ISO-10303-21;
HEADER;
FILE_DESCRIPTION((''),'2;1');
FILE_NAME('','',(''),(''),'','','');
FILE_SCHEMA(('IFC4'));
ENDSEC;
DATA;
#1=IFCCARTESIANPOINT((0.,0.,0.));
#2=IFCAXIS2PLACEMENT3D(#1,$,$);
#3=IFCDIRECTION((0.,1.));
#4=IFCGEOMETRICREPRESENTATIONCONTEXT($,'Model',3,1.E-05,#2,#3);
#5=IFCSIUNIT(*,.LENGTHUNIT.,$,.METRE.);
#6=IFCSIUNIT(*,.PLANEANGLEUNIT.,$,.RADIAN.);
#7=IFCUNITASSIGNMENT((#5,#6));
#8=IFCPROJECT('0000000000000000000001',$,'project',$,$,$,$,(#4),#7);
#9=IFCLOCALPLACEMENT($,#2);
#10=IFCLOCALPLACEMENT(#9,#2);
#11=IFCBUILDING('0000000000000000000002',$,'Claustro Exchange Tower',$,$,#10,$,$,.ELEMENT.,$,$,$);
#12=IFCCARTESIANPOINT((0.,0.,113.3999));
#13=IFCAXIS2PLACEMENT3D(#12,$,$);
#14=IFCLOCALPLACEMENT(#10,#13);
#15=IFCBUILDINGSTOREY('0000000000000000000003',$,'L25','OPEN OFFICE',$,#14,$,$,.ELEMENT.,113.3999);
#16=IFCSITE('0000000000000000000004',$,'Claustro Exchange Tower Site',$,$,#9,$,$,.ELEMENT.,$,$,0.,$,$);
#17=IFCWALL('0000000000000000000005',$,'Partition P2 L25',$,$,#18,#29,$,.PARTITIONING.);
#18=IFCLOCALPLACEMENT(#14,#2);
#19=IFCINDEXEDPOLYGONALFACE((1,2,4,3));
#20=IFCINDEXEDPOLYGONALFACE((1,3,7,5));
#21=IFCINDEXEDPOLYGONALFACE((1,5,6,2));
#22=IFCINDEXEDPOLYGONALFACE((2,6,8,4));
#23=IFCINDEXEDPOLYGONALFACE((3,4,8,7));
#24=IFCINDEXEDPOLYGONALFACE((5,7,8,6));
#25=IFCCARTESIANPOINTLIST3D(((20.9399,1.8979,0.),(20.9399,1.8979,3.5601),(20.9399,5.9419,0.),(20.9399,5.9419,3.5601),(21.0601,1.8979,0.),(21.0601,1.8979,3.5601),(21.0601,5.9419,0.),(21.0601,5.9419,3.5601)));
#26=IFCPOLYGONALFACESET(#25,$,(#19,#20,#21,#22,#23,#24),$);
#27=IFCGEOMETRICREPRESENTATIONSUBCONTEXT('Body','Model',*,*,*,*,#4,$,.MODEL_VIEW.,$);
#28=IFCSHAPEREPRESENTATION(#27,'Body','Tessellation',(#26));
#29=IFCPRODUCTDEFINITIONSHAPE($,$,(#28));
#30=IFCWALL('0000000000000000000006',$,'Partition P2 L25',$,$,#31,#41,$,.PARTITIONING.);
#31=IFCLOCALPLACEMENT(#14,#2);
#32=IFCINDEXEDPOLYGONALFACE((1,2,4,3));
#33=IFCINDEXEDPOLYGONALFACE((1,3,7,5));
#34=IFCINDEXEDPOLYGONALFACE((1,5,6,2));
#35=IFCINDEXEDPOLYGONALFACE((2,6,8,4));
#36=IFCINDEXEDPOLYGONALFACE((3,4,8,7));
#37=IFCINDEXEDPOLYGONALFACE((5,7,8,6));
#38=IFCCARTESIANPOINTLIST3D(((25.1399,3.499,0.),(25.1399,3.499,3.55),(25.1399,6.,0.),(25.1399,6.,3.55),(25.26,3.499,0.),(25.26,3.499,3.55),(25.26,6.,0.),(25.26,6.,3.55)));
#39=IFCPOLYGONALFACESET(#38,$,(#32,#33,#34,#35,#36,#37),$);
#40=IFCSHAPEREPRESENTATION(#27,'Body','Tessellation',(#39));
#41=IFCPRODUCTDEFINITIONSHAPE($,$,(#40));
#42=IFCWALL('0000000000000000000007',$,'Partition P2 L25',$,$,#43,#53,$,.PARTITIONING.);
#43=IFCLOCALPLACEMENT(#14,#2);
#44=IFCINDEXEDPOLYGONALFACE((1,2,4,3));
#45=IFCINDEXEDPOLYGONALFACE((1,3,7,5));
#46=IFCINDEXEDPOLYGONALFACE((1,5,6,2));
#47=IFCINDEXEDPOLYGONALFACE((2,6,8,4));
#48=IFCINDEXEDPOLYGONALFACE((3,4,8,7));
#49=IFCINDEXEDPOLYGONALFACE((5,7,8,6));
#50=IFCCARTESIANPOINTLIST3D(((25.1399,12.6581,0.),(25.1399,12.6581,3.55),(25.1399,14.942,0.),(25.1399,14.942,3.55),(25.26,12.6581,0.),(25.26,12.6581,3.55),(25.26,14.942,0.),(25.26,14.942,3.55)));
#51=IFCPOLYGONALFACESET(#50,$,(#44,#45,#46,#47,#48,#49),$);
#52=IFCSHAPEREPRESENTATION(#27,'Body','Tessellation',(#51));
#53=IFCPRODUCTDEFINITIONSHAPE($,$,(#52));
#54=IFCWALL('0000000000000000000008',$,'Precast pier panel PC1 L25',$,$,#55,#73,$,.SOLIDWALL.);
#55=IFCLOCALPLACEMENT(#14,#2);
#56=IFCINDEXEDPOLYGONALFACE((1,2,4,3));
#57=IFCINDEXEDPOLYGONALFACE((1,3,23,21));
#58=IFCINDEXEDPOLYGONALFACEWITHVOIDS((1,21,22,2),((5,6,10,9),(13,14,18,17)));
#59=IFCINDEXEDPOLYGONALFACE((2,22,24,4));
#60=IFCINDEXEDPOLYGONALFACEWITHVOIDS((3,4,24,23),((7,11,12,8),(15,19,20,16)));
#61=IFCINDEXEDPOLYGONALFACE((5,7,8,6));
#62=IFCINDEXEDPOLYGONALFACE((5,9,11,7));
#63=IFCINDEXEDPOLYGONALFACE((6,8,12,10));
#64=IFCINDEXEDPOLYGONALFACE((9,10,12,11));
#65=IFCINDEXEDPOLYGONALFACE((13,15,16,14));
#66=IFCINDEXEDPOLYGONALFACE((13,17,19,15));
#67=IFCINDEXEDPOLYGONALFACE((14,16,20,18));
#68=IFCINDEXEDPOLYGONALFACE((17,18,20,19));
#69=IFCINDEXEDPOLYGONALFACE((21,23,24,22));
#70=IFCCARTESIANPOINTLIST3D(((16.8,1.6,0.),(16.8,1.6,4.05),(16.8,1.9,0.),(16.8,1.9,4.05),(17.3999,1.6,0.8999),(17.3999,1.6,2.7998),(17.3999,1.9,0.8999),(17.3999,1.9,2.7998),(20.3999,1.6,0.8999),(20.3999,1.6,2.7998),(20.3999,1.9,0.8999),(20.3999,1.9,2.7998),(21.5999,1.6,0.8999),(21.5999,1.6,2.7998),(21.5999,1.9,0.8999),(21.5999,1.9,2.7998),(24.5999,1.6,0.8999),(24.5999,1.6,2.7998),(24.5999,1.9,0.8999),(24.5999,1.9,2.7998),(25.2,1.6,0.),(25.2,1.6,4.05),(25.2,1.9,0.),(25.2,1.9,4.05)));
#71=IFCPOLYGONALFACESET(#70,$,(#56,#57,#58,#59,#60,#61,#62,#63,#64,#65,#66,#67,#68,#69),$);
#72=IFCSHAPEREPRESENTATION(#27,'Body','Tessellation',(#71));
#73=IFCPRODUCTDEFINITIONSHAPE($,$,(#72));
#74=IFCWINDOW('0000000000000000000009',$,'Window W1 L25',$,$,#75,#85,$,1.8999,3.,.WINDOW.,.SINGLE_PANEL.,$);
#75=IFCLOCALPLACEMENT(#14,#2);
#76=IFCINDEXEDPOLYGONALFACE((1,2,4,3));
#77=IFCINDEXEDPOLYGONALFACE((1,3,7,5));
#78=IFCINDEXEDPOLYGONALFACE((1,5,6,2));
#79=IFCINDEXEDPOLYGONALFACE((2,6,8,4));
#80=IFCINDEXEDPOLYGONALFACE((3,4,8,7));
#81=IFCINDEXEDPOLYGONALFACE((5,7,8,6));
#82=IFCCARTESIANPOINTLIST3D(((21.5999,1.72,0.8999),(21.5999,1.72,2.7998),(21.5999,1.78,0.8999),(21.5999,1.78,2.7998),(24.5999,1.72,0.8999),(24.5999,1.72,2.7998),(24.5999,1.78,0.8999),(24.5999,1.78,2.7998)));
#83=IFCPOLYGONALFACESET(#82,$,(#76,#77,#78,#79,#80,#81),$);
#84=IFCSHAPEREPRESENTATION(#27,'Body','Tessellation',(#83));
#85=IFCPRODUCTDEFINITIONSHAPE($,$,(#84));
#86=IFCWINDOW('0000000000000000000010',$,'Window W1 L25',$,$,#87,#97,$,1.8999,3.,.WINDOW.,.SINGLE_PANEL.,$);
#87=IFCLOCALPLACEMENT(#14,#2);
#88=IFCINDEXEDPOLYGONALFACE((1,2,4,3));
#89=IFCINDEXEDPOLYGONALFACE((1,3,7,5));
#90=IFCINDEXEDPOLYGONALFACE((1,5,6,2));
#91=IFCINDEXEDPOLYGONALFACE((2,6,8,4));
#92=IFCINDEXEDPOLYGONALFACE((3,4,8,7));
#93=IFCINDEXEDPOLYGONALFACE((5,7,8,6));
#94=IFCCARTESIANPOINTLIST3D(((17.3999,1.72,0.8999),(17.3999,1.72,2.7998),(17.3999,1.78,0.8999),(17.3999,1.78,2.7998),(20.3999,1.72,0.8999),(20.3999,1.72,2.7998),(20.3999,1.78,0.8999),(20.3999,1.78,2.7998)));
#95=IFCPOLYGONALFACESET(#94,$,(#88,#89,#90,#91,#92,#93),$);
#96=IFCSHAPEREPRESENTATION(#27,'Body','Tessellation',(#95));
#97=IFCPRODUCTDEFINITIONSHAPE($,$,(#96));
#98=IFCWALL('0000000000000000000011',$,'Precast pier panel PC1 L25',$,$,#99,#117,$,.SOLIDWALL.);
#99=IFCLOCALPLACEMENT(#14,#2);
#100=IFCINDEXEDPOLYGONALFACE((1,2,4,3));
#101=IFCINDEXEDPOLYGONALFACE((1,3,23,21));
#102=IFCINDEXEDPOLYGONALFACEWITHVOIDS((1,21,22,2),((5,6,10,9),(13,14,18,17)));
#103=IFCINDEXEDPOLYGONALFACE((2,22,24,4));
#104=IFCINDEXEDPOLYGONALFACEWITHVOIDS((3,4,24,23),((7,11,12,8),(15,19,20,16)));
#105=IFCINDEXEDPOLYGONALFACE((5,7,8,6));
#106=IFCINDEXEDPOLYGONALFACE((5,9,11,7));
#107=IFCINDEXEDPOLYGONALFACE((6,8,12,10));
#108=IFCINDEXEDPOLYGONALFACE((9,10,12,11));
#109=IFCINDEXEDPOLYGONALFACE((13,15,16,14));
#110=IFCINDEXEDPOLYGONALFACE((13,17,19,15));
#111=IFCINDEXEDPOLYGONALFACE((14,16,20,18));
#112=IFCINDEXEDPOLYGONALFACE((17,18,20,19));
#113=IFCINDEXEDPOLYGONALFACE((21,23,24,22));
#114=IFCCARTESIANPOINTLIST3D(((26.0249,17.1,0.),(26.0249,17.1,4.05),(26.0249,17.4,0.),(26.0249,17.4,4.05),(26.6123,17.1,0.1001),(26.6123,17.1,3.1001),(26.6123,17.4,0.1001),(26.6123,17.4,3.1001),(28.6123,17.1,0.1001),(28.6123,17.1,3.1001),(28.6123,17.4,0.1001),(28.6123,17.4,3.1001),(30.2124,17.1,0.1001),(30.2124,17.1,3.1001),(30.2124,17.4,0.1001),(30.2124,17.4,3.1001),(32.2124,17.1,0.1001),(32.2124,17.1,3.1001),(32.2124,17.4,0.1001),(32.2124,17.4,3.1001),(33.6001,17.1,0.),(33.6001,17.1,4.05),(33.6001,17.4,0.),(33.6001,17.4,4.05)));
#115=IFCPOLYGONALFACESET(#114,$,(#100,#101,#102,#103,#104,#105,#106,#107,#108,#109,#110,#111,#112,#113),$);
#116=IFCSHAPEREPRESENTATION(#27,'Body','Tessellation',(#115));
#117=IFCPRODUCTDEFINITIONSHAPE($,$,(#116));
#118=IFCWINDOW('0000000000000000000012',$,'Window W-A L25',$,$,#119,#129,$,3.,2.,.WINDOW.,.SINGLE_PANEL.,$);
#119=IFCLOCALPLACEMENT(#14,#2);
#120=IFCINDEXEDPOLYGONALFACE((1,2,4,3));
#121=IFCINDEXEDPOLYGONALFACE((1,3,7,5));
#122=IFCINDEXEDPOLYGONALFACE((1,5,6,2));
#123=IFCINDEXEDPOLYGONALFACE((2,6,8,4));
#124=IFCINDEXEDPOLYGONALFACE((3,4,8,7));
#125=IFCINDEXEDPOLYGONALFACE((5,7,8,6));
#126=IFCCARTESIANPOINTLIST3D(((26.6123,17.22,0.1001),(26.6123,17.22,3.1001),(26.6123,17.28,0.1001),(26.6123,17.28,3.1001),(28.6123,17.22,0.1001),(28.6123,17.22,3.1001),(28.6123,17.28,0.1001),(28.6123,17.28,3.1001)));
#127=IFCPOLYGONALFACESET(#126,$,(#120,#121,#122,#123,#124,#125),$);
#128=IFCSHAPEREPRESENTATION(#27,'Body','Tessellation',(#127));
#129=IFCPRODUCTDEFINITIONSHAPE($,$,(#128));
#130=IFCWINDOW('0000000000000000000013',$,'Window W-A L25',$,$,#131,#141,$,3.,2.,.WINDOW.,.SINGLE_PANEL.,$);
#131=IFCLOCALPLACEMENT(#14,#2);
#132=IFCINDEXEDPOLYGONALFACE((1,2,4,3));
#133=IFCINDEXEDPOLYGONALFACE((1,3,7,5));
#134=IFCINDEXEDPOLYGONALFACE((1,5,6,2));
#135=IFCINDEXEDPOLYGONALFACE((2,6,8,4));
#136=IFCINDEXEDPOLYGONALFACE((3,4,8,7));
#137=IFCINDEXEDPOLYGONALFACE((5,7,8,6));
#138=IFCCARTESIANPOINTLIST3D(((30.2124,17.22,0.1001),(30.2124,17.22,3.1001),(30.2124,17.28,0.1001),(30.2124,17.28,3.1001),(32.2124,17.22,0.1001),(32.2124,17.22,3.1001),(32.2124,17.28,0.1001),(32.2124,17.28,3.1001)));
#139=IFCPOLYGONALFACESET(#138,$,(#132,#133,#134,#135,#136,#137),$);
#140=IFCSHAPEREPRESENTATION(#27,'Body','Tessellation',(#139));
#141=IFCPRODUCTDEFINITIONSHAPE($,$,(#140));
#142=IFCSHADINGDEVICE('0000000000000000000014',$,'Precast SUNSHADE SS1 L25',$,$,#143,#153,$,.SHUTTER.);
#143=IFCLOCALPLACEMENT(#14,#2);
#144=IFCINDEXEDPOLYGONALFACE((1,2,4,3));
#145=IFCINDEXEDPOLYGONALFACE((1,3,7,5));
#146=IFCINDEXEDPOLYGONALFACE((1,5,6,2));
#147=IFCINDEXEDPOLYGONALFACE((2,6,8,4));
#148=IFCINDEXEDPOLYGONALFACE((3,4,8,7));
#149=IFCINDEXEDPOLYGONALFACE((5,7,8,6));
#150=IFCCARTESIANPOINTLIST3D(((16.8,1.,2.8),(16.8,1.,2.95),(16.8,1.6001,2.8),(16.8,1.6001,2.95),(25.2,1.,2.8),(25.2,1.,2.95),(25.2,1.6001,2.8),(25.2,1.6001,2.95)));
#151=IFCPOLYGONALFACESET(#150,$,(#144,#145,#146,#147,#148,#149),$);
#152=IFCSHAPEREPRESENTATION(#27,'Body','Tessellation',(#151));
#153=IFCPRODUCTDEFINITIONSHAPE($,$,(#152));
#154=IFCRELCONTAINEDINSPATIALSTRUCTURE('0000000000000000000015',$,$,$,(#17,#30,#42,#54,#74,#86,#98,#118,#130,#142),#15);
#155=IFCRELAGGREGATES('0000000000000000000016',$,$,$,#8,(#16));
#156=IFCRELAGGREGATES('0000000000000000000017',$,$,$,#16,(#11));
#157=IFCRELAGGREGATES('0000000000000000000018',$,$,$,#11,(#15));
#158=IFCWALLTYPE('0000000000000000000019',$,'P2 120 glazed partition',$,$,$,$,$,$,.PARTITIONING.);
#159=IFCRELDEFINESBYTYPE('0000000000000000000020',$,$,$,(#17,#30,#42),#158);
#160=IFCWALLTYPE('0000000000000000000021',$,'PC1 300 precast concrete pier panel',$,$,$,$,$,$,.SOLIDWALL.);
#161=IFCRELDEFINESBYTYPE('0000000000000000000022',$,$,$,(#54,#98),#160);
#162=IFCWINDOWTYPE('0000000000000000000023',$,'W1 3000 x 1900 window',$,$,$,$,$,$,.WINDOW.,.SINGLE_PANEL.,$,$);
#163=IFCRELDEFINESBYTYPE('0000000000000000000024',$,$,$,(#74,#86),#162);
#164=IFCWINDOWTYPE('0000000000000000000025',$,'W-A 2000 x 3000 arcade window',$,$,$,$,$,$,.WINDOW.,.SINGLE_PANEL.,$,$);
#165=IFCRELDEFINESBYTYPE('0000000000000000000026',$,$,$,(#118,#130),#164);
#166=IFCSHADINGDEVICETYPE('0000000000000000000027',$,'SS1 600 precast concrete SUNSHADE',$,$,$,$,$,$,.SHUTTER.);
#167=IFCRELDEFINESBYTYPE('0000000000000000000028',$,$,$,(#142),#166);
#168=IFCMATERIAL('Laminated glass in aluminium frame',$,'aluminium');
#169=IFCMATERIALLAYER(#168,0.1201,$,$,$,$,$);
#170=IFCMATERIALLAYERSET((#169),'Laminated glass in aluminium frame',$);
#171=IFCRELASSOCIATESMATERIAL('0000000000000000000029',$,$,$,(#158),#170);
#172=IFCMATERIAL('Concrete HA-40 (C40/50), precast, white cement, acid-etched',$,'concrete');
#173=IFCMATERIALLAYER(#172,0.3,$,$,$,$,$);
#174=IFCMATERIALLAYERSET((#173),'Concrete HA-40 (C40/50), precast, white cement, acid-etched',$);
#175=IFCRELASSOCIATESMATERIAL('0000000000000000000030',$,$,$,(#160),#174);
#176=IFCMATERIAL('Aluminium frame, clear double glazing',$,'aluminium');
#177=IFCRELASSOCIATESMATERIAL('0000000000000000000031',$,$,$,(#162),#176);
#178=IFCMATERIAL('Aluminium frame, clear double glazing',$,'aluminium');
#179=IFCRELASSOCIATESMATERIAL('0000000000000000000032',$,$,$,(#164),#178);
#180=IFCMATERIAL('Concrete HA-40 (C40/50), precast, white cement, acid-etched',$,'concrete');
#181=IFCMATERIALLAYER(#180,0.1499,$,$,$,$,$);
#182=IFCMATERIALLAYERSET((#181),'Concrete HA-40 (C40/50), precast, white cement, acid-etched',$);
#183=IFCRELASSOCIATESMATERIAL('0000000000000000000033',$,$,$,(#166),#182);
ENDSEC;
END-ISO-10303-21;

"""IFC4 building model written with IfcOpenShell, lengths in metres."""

from ifc_helpers import new_model, si_unit, direction, frame, frame_2d, origin, origin_2d, place, context, subcontext, project, spatial, rectangle, extrude, material, layer, layer_set, type_object, element, fill, save


model = new_model("IFC4")

# Units and contexts
model_context = context("Model", 3, precision=1e-05, world=origin(), true_north=direction((0.0, 1.0)))
body_context = subcontext(model_context, "Body", "Model", "MODEL_VIEW")
ifc_project = project(units=[si_unit("LENGTHUNIT", "METRE"), si_unit("PLANEANGLEUNIT", "RADIAN")], contexts=[model_context])

# Site, building, storey
site_placement = place(None, origin())
site = spatial("IfcSite", under=ifc_project, at=site_placement, Name="Claustro Exchange Tower Site", CompositionType="ELEMENT", RefElevation=0.0)
building_placement = place(site_placement, origin())
building = spatial("IfcBuilding", under=site, at=building_placement, Name="Claustro Exchange Tower", CompositionType="ELEMENT")
storey_placement = place(building_placement, frame((0.0, 0.0, 113.3999)))
storey = spatial("IfcBuildingStorey", under=building, at=storey_placement, Name="L25", Description="OPEN OFFICE", CompositionType="ELEMENT", Elevation=113.3999)

# Walls
ifc_material_1 = material(Name="Laminated glass in aluminium frame", Category="aluminium")
ifc_layer_1 = layer(ifc_material_1, 0.1201)
ifc_layer_set_1 = layer_set([ifc_layer_1], Name="Laminated glass in aluminium frame")
wall_type_1 = type_object("IfcWallType", Name="P2 120 glazed partition", PredefinedType="PARTITIONING", material=ifc_layer_set_1)
wall_1_placement = place(storey_placement, frame((21.0, 1.8979, 0.0), z_axis=(0.0, 0.0, 1.0), x_axis=(0.0, 1.0, 0.0)))
element("IfcWall", 1, at=wall_1_placement, inside=storey, type_object=wall_type_1, Name="Partition P2 L25", PredefinedType="PARTITIONING", context=body_context, shape_type="SweptSolid", body=[
    extrude(rectangle(XDim=4.0439, YDim=0.1201, at=frame_2d((2.022, 0.0))), origin(), (0.0, 0.0, 1.0), 3.5601),
])
wall_2_placement = place(storey_placement, frame((25.2, 3.499, 0.0), z_axis=(0.0, 0.0, 1.0), x_axis=(0.0, 1.0, 0.0)))
element("IfcWall", 2, at=wall_2_placement, inside=storey, type_object=wall_type_1, Name="Partition P2 L25", PredefinedType="PARTITIONING", context=body_context, shape_type="SweptSolid", body=[
    extrude(rectangle(XDim=2.501, YDim=0.1201, at=frame_2d((1.2505, 0.0))), origin(), (0.0, 0.0, 1.0), 3.55),
])
wall_3_placement = place(storey_placement, frame((25.2, 12.658, 0.0), z_axis=(0.0, 0.0, 1.0), x_axis=(0.0, 1.0, 0.0)))
element("IfcWall", 3, at=wall_3_placement, inside=storey, type_object=wall_type_1, Name="Partition P2 L25", PredefinedType="PARTITIONING", context=body_context, shape_type="SweptSolid", body=[
    extrude(rectangle(XDim=2.2839, YDim=0.1201, at=frame_2d((1.1421, 0.0))), origin(), (0.0, 0.0, 1.0), 3.55),
])

# Walls, openings, windows
ifc_material_2 = material(Name="Concrete HA-40 (C40/50), precast, white cement, acid-etched", Category="concrete")
ifc_layer_2 = layer(ifc_material_2, 0.3)
ifc_layer_set_2 = layer_set([ifc_layer_2], Name="Concrete HA-40 (C40/50), precast, white cement, acid-etched")
wall_type_2 = type_object("IfcWallType", Name="PC1 300 precast concrete pier panel", PredefinedType="SOLIDWALL", material=ifc_layer_set_2)
wall_4_placement = place(storey_placement, frame((25.2, 1.75, 0.0), z_axis=(0.0, 0.0, 1.0), x_axis=(-1.0, 0.0, 0.0)))
wall_4 = element("IfcWall", 4, at=wall_4_placement, inside=storey, type_object=wall_type_2, Name="Precast pier panel PC1 L25", PredefinedType="SOLIDWALL", context=body_context, shape_type="SweptSolid", body=[
    extrude(rectangle(XDim=8.3999, YDim=0.3, at=frame_2d((4.2, 0.0))), origin(), (0.0, 0.0, 1.0), 4.05),
])
opening_1_placement = place(wall_4_placement, frame((0.6001, 0.0, 0.8999)))
opening_1 = element("IfcOpeningElement", 5, at=opening_1_placement, cuts=wall_4, PredefinedType="OPENING", context=body_context, shape_type="SweptSolid", body=[
    extrude(rectangle(XDim=3.0, YDim=1.8999, at=frame_2d((1.5, 0.95))), frame((0.0, 0.1599, 0.0), z_axis=(0.0, -1.0, 0.0), x_axis=(1.0, 0.0, 0.0)), (0.0, 0.0, 1.0), 0.3201),
])
opening_2_placement = place(wall_4_placement, frame((4.8, 0.0, 0.8999)))
opening_2 = element("IfcOpeningElement", 6, at=opening_2_placement, cuts=wall_4, PredefinedType="OPENING", context=body_context, shape_type="SweptSolid", body=[
    extrude(rectangle(XDim=3.0, YDim=1.8999, at=frame_2d((1.5, 0.95))), frame((0.0, 0.1599, 0.0), z_axis=(0.0, -1.0, 0.0), x_axis=(1.0, 0.0, 0.0)), (0.0, 0.0, 1.0), 0.3201),
])
ifc_material_3 = material(Name="Aluminium frame, clear double glazing", Category="aluminium")
window_type_1 = type_object("IfcWindowType", Name="W1 3000 x 1900 window", PartitioningType="SINGLE_PANEL", PredefinedType="WINDOW", material=ifc_material_3)
window_1_placement = place(opening_1_placement, origin())
window_1 = element("IfcWindow", 7, at=window_1_placement, inside=storey, type_object=window_type_1, Name="Window W1 L25", OverallHeight=1.8999, OverallWidth=3.0, PartitioningType="SINGLE_PANEL", PredefinedType="WINDOW", context=body_context, shape_type="SweptSolid", body=[
    extrude(rectangle(XDim=3.0, YDim=1.8999, at=frame_2d((1.5, 0.95))), frame((0.0, 0.03, 0.0), z_axis=(0.0, -1.0, 0.0), x_axis=(1.0, 0.0, 0.0)), (0.0, 0.0, 1.0), 0.0601),
])
fill(opening_1, window_1)
window_2_placement = place(opening_2_placement, origin())
window_2 = element("IfcWindow", 8, at=window_2_placement, inside=storey, type_object=window_type_1, Name="Window W1 L25", OverallHeight=1.8999, OverallWidth=3.0, PartitioningType="SINGLE_PANEL", PredefinedType="WINDOW", context=body_context, shape_type="SweptSolid", body=[
    extrude(rectangle(XDim=3.0, YDim=1.8999, at=frame_2d((1.5, 0.95))), frame((0.0, 0.03, 0.0), z_axis=(0.0, -1.0, 0.0), x_axis=(1.0, 0.0, 0.0)), (0.0, 0.0, 1.0), 0.0601),
])
fill(opening_2, window_2)
wall_5_placement = place(storey_placement, frame((26.0249, 17.25, 0.0), z_axis=(0.0, 0.0, 1.0), x_axis=(1.0, 0.0, 0.0)))
wall_5 = element("IfcWall", 9, at=wall_5_placement, inside=storey, type_object=wall_type_2, Name="Precast pier panel PC1 L25", PredefinedType="SOLIDWALL", context=body_context, shape_type="SweptSolid", body=[
    extrude(rectangle(XDim=7.5752, YDim=0.3, at=frame_2d((3.7876, 0.0))), origin(), (0.0, 0.0, 1.0), 4.05),
])
opening_3_placement = place(wall_5_placement, frame((0.5874, 0.0, 0.1001)))
opening_3 = element("IfcOpeningElement", 10, at=opening_3_placement, cuts=wall_5, PredefinedType="OPENING", context=body_context, shape_type="SweptSolid", body=[
    extrude(rectangle(XDim=2.0, YDim=3.0, at=frame_2d((1.0, 1.5))), frame((0.0, 0.1599, 0.0), z_axis=(0.0, -1.0, 0.0), x_axis=(1.0, 0.0, 0.0)), (0.0, 0.0, 1.0), 0.3201),
])
opening_4_placement = place(wall_5_placement, frame((4.1875, 0.0, 0.1001)))
opening_4 = element("IfcOpeningElement", 11, at=opening_4_placement, cuts=wall_5, PredefinedType="OPENING", context=body_context, shape_type="SweptSolid", body=[
    extrude(rectangle(XDim=2.0, YDim=3.0, at=frame_2d((1.0, 1.5))), frame((0.0, 0.1599, 0.0), z_axis=(0.0, -1.0, 0.0), x_axis=(1.0, 0.0, 0.0)), (0.0, 0.0, 1.0), 0.3201),
])
ifc_material_4 = material(Name="Aluminium frame, clear double glazing", Category="aluminium")
window_type_2 = type_object("IfcWindowType", Name="W-A 2000 x 3000 arcade window", PartitioningType="SINGLE_PANEL", PredefinedType="WINDOW", material=ifc_material_4)
window_3_placement = place(opening_3_placement, origin())
window_3 = element("IfcWindow", 12, at=window_3_placement, inside=storey, type_object=window_type_2, Name="Window W-A L25", OverallHeight=3.0, OverallWidth=2.0, PartitioningType="SINGLE_PANEL", PredefinedType="WINDOW", context=body_context, shape_type="SweptSolid", body=[
    extrude(rectangle(XDim=2.0, YDim=3.0, at=frame_2d((1.0, 1.5))), frame((0.0, 0.03, 0.0), z_axis=(0.0, -1.0, 0.0), x_axis=(1.0, 0.0, 0.0)), (0.0, 0.0, 1.0), 0.0601),
])
fill(opening_3, window_3)
window_4_placement = place(opening_4_placement, origin())
window_4 = element("IfcWindow", 13, at=window_4_placement, inside=storey, type_object=window_type_2, Name="Window W-A L25", OverallHeight=3.0, OverallWidth=2.0, PartitioningType="SINGLE_PANEL", PredefinedType="WINDOW", context=body_context, shape_type="SweptSolid", body=[
    extrude(rectangle(XDim=2.0, YDim=3.0, at=frame_2d((1.0, 1.5))), frame((0.0, 0.03, 0.0), z_axis=(0.0, -1.0, 0.0), x_axis=(1.0, 0.0, 0.0)), (0.0, 0.0, 1.0), 0.0601),
])
fill(opening_4, window_4)

# Shading device
ifc_material_5 = material(Name="Concrete HA-40 (C40/50), precast, white cement, acid-etched", Category="concrete")
ifc_layer_3 = layer(ifc_material_5, 0.1499)
ifc_layer_set_3 = layer_set([ifc_layer_3], Name="Concrete HA-40 (C40/50), precast, white cement, acid-etched")
shading_device_type = type_object("IfcShadingDeviceType", Name="SS1 600 precast concrete SUNSHADE", PredefinedType="SHUTTER", material=ifc_layer_set_3)
shading_device_placement = place(storey_placement, frame((21.0, 1.3, 2.8), z_axis=(0.0, 0.0, 1.0), x_axis=(-1.0, 0.0, 0.0)))
element("IfcShadingDevice", 14, at=shading_device_placement, inside=storey, type_object=shading_device_type, Name="Precast SUNSHADE SS1 L25", PredefinedType="SHUTTER", context=body_context, shape_type="SweptSolid", body=[
    extrude(rectangle(XDim=8.3999, YDim=0.6001, at=origin_2d()), origin(), (0.0, 0.0, 1.0), 0.1499),
])

save(model, "model.ifc")
